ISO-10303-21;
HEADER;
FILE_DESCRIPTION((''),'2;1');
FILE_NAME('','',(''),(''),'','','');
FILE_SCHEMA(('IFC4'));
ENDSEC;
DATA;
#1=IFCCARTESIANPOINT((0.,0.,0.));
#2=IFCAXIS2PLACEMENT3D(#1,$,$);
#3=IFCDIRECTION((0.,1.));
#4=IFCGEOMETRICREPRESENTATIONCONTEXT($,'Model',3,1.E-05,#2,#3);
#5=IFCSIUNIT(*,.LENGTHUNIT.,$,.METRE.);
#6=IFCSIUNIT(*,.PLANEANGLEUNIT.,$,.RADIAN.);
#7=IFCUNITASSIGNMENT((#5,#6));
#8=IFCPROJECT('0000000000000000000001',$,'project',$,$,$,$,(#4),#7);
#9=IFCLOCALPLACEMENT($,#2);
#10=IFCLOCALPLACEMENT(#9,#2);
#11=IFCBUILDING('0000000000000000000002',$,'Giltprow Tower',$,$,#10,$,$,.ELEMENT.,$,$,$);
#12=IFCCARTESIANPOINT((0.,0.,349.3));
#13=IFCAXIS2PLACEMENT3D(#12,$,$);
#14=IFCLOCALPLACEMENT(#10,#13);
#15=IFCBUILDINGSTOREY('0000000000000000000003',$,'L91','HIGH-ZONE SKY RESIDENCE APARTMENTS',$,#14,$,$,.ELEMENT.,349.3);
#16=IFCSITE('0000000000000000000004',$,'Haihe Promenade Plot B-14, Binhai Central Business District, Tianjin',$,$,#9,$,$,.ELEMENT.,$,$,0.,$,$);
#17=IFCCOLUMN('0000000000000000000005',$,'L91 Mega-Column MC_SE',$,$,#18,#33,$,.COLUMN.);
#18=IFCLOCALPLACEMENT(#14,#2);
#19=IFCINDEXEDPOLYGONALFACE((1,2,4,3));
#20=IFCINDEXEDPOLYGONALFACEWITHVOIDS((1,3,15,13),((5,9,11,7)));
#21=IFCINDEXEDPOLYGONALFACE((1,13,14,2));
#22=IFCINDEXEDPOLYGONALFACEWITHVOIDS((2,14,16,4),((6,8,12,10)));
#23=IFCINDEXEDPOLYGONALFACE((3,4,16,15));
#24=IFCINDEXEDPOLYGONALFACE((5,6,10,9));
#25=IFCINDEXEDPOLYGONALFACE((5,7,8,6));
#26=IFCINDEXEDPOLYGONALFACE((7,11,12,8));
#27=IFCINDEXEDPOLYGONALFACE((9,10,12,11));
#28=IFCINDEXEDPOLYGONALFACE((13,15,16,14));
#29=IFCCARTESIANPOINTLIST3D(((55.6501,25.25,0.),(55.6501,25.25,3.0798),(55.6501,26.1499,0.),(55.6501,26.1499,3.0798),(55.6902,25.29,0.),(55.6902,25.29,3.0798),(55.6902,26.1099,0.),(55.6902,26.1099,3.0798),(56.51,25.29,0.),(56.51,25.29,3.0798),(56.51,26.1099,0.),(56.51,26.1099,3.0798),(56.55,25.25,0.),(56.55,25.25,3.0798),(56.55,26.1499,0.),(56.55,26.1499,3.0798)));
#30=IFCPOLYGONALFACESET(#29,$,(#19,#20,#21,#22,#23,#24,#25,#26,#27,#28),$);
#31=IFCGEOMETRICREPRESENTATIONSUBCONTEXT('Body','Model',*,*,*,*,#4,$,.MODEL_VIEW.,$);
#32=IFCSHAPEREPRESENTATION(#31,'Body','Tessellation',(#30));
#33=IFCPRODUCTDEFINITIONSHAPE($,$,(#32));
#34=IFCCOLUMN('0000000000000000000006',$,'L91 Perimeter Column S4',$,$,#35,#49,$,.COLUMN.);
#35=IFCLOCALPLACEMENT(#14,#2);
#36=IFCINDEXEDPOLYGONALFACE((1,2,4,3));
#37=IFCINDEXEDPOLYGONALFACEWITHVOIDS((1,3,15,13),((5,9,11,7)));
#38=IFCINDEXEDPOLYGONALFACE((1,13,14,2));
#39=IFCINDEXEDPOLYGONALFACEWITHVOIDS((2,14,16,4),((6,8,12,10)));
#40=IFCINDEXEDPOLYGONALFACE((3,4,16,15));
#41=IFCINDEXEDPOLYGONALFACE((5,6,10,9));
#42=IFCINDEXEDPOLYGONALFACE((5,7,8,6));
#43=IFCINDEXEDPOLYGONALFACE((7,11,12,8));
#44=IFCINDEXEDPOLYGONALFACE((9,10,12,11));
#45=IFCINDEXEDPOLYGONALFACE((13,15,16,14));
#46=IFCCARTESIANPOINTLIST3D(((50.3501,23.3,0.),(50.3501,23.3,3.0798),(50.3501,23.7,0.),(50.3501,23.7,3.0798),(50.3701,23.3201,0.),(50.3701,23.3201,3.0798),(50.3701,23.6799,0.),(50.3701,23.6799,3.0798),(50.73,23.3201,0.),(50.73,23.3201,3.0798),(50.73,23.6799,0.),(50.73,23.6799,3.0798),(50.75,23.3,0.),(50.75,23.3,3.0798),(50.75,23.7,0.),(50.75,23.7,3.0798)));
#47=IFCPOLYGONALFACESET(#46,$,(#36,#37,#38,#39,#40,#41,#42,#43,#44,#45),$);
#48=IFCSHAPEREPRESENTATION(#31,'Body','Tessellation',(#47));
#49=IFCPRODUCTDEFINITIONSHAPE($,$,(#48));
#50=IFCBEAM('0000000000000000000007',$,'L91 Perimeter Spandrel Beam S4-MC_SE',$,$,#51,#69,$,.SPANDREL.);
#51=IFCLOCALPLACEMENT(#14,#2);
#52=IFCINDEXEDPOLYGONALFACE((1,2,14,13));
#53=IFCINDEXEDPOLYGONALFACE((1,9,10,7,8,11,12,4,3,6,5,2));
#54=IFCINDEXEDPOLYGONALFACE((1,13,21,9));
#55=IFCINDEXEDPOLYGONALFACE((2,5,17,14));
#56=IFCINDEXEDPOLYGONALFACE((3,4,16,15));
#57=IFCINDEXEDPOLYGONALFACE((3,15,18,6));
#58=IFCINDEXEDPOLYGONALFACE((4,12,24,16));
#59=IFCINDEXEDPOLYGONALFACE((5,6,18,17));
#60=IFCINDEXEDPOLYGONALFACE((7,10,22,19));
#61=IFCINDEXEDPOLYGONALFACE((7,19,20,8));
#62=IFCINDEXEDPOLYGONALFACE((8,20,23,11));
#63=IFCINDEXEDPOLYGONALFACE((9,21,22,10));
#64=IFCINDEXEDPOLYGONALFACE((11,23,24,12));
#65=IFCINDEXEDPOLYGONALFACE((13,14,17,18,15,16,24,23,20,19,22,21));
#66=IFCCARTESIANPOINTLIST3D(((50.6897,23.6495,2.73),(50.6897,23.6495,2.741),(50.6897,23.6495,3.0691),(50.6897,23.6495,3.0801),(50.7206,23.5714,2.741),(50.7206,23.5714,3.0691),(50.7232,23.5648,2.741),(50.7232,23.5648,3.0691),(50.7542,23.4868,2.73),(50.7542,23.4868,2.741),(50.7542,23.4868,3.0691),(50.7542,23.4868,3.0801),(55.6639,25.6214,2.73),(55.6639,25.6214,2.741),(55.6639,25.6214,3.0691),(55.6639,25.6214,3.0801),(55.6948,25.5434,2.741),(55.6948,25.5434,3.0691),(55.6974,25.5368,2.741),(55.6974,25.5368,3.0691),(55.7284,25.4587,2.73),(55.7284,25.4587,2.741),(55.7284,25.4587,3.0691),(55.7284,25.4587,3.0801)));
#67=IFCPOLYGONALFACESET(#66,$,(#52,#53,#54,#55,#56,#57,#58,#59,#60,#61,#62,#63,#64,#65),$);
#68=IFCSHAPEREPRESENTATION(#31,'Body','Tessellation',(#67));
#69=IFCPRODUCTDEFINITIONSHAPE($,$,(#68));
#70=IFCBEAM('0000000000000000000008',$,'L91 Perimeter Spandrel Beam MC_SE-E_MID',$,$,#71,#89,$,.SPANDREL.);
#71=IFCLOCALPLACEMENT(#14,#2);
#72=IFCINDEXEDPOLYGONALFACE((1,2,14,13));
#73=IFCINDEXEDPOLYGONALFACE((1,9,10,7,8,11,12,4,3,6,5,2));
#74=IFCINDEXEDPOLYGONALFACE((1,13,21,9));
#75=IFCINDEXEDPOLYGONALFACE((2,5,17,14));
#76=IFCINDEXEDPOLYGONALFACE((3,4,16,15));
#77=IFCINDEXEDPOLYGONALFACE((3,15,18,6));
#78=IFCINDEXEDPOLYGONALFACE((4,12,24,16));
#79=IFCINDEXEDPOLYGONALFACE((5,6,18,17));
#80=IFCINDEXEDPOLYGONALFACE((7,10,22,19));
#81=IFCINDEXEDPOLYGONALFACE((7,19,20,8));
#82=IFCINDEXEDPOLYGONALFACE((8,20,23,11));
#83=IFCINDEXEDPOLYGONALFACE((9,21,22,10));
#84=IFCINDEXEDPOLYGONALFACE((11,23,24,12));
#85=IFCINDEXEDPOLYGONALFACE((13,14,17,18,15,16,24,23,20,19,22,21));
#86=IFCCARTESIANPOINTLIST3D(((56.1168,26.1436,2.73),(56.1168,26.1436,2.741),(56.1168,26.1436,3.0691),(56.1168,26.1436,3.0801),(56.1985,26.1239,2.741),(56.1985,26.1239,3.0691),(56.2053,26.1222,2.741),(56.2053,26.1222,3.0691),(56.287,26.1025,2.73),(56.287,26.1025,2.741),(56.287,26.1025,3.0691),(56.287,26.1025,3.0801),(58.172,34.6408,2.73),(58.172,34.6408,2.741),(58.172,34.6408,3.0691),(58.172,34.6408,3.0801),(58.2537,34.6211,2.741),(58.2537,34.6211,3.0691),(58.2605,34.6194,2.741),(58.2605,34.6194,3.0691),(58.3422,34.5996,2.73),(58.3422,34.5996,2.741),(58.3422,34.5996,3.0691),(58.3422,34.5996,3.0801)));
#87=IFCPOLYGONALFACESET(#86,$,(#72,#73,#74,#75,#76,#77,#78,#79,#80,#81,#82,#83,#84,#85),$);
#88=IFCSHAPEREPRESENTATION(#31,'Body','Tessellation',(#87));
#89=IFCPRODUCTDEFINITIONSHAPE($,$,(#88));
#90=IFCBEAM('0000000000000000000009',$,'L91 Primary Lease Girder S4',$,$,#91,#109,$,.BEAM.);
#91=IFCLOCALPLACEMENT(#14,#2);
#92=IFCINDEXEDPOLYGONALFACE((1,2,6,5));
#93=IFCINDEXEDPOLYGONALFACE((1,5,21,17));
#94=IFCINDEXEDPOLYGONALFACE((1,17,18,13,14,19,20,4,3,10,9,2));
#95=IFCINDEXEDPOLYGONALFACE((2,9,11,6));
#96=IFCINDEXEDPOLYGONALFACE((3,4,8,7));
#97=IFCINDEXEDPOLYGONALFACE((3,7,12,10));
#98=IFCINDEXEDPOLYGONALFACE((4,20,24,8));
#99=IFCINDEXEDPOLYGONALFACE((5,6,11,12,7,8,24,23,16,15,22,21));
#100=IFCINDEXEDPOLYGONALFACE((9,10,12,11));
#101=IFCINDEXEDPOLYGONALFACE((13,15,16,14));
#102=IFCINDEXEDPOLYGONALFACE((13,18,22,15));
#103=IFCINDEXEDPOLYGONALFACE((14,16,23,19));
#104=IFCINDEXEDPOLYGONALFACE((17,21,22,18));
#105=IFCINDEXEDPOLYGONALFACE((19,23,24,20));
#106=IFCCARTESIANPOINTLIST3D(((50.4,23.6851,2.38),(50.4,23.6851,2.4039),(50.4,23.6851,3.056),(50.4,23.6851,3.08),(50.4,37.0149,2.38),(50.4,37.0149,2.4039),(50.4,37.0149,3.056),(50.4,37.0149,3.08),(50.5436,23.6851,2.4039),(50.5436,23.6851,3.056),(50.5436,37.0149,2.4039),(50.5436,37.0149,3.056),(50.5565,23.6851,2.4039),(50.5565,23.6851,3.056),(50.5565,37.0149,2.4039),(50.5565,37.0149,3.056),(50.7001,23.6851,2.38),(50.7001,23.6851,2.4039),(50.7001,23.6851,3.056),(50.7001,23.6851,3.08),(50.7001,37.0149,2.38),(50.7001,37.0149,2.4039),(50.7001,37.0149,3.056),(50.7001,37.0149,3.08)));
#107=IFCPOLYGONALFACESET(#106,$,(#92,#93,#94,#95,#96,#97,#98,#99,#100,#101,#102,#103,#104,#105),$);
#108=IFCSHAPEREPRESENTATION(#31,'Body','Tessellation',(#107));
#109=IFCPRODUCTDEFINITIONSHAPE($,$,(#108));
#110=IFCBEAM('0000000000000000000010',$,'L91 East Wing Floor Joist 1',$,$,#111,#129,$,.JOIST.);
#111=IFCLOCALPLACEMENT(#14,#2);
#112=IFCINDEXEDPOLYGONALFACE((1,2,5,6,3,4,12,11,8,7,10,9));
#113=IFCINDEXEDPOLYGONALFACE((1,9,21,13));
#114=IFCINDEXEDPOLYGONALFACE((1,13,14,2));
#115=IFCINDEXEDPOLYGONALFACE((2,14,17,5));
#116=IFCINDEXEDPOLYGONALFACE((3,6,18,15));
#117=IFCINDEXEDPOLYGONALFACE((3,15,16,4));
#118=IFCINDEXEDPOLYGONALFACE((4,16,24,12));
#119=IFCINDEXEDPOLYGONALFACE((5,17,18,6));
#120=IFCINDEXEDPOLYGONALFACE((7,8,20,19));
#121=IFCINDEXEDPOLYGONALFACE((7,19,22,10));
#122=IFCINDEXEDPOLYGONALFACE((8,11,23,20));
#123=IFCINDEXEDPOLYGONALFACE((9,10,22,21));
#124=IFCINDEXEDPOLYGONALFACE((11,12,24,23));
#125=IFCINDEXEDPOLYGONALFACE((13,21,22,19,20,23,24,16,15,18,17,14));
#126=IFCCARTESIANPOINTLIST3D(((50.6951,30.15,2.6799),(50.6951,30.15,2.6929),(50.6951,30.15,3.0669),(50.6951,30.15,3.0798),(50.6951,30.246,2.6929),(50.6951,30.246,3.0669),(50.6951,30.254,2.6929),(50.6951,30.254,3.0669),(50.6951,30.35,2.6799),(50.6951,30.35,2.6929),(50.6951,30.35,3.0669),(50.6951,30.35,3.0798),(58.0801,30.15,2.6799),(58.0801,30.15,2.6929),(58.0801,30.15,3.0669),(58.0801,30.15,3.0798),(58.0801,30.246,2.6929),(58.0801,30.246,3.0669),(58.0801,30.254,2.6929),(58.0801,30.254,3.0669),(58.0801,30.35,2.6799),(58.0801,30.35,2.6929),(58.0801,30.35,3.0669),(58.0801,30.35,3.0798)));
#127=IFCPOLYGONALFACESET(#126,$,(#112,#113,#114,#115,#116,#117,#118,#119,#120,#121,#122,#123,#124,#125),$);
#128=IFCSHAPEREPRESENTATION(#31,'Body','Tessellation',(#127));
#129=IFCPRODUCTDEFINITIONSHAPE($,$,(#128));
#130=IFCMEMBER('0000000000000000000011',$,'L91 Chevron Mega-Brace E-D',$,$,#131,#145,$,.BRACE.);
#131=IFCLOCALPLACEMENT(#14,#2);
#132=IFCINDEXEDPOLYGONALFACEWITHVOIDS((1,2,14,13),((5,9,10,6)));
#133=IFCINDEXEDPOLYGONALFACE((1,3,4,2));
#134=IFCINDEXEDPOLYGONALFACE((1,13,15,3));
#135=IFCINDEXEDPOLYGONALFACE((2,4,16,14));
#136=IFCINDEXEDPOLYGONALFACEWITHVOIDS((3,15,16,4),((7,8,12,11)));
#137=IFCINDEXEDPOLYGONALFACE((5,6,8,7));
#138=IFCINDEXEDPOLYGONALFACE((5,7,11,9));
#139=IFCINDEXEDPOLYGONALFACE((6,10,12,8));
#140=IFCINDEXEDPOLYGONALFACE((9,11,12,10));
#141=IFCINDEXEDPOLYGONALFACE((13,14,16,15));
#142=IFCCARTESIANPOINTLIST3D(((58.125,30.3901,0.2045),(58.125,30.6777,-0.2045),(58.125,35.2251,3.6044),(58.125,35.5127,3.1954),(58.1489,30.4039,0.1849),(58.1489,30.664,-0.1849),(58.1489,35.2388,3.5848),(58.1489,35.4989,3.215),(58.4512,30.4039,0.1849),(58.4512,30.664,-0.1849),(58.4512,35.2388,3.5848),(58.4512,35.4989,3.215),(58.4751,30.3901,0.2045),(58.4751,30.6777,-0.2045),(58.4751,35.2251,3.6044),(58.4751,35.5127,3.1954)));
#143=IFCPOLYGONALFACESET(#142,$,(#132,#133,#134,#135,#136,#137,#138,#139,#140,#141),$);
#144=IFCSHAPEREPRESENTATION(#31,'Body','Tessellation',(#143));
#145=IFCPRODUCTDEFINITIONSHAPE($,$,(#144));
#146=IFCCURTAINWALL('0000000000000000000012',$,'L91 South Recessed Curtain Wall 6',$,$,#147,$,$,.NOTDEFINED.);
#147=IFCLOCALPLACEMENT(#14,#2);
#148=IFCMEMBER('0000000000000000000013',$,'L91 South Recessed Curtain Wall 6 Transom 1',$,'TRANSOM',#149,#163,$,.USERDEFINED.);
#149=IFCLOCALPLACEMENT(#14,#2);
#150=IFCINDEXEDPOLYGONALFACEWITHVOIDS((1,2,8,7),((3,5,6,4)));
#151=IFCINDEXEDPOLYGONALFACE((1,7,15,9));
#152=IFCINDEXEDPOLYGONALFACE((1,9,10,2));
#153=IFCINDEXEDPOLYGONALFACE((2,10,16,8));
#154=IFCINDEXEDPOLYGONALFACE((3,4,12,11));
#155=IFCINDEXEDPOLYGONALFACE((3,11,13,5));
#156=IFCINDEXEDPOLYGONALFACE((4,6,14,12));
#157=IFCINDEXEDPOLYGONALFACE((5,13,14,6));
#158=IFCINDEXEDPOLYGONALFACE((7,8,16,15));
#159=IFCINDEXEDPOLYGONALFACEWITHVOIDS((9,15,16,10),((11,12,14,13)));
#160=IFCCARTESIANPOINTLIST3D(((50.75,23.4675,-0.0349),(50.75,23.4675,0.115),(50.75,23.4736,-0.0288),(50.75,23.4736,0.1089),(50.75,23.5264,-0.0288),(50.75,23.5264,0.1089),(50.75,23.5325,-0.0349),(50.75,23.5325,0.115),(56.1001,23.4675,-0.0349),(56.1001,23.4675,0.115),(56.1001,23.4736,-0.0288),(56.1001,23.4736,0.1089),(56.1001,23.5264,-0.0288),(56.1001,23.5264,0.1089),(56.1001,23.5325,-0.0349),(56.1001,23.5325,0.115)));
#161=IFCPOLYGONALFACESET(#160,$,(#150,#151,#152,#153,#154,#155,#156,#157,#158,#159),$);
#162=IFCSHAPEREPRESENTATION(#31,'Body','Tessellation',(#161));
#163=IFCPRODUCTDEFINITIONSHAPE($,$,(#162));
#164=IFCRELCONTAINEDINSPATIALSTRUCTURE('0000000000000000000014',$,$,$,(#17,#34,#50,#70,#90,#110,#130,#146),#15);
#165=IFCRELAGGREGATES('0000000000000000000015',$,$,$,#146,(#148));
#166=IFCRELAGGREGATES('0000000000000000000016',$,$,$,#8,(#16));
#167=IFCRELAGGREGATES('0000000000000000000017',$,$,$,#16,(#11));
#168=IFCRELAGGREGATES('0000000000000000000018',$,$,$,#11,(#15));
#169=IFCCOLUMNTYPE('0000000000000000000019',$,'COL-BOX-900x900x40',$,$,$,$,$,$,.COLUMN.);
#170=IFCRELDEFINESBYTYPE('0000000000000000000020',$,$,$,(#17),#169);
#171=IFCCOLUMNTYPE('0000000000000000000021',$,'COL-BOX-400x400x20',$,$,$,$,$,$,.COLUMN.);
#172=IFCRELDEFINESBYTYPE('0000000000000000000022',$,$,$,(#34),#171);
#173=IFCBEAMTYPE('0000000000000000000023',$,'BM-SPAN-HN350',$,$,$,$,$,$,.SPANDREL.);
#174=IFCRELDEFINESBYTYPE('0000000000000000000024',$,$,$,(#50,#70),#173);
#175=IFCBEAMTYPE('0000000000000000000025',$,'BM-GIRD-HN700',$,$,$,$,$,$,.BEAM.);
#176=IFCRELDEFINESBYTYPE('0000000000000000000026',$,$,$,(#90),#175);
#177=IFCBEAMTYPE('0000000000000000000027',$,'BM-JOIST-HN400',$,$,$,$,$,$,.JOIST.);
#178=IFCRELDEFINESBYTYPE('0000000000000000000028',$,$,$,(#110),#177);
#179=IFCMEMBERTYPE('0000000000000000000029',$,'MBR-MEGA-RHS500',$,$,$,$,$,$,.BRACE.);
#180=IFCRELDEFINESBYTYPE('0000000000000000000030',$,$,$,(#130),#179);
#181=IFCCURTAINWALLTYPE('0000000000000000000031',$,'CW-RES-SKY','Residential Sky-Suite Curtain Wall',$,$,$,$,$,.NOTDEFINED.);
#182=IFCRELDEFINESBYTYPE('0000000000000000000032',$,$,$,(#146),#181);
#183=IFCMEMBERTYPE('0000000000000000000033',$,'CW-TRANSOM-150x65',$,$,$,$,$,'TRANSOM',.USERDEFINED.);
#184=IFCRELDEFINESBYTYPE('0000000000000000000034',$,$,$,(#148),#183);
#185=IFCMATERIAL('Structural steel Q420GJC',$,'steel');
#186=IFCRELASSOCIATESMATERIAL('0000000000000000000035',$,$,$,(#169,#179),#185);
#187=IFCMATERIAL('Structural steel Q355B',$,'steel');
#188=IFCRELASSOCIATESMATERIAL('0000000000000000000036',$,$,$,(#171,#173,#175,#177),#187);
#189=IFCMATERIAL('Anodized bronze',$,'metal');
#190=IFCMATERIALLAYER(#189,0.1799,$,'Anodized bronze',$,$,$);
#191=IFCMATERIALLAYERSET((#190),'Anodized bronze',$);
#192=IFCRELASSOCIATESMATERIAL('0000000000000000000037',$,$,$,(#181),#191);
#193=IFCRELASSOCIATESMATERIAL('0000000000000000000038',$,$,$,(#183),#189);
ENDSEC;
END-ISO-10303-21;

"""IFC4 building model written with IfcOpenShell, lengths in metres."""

from ifc_helpers import new_model, si_unit, direction, frame, origin, origin_2d, place, context, subcontext, project, spatial, hollow_rectangle, i_section, extrude, source, transform, mapped, material, layer, layer_set, material_profile, profile_set, type_object, element, aggregate, save


model = new_model("IFC4")

# Units and contexts
model_context = context("Model", 3, precision=1e-05, world=origin(), true_north=direction((0.0, 1.0)))
body_context = subcontext(model_context, "Body", "Model", "MODEL_VIEW")
ifc_project = project(units=[si_unit("LENGTHUNIT", "METRE"), si_unit("PLANEANGLEUNIT", "RADIAN")], contexts=[model_context])

# Site, building, storey
site_placement = place(None, origin())
site = spatial("IfcSite", under=ifc_project, at=site_placement, Name="Haihe Promenade Plot B-14, Binhai Central Business District, Tianjin", CompositionType="ELEMENT", RefElevation=0.0)
building_placement = place(site_placement, origin())
building = spatial("IfcBuilding", under=site, at=building_placement, Name="Giltprow Tower", CompositionType="ELEMENT")
storey_placement = place(building_placement, frame((0.0, 0.0, 349.3)))
storey = spatial("IfcBuildingStorey", under=building, at=storey_placement, Name="L91", Description="HIGH-ZONE SKY RESIDENCE APARTMENTS", CompositionType="ELEMENT", Elevation=349.3)

# Columns
ifc_material_1 = material(Name="Structural steel Q420GJC", Category="steel")
ifc_material_profile_1 = material_profile(ifc_material_1, hollow_rectangle(XDim=0.8999, YDim=0.8999, WallThickness=0.04, at=origin_2d()), Name="BOX 900x900x40")
ifc_profile_set_1 = profile_set([ifc_material_profile_1], Name="Structural steel Q420GJC")
column_type_1 = type_object("IfcColumnType", Name="COL-BOX-900x900x40", PredefinedType="COLUMN", material=ifc_profile_set_1)
shared_shape_1 = source(origin(), body_context, "Body", "SweptSolid", [
    extrude(hollow_rectangle(XDim=0.8999, YDim=0.8999, WallThickness=0.04, at=origin_2d()), origin(), (0.0, 0.0, 1.0), 3.0798),
])
column_1_placement = place(storey_placement, frame((56.1001, 25.7, 0.0), z_axis=(0.0, 0.0, 1.0), x_axis=(1.0, 0.0, 0.0)))
element("IfcColumn", 1, at=column_1_placement, inside=storey, type_object=column_type_1, Name="L91 Mega-Column MC_SE", PredefinedType="COLUMN", context=body_context, shape_type="MappedRepresentation", body=[
    mapped(shared_shape_1, transform((0.0, 0.0, 0.0), x_axis=(1.0, 0.0, 0.0), y_axis=(0.0, 1.0, 0.0), z_axis=(0.0, 0.0, 1.0), scale=1.0)),
])
ifc_material_2 = material(Name="Structural steel Q355B", Category="steel")
ifc_material_profile_2 = material_profile(ifc_material_2, hollow_rectangle(XDim=0.3999, YDim=0.3999, WallThickness=0.02, at=origin_2d()), Name="BOX 400x400x20")
ifc_profile_set_2 = profile_set([ifc_material_profile_2], Name="Structural steel Q355B")
column_type_2 = type_object("IfcColumnType", Name="COL-BOX-400x400x20", PredefinedType="COLUMN", material=ifc_profile_set_2)
shared_shape_2 = source(origin(), body_context, "Body", "SweptSolid", [
    extrude(hollow_rectangle(XDim=0.3999, YDim=0.3999, WallThickness=0.02, at=origin_2d()), origin(), (0.0, 0.0, 1.0), 3.0798),
])
column_2_placement = place(storey_placement, frame((50.55, 23.5, 0.0), z_axis=(0.0, 0.0, 1.0), x_axis=(1.0, 0.0, 0.0)))
element("IfcColumn", 2, at=column_2_placement, inside=storey, type_object=column_type_2, Name="L91 Perimeter Column S4", PredefinedType="COLUMN", context=body_context, shape_type="MappedRepresentation", body=[
    mapped(shared_shape_2, transform((0.0, 0.0, 0.0), x_axis=(1.0, 0.0, 0.0), y_axis=(0.0, 1.0, 0.0), z_axis=(0.0, 0.0, 1.0), scale=1.0)),
])

# Beams
ifc_material_profile_3 = material_profile(ifc_material_2, i_section(OverallWidth=0.175, OverallDepth=0.3501, WebThickness=0.0071, FlangeThickness=0.011, at=origin_2d()), Name="HN 350x175x7x11")
ifc_profile_set_3 = profile_set([ifc_material_profile_3], Name="Structural steel Q355B")
beam_type_1 = type_object("IfcBeamType", Name="BM-SPAN-HN350", PredefinedType="SPANDREL", material=ifc_profile_set_3)
shared_shape_3 = source(origin(), body_context, "Body", "SweptSolid", [
    extrude(i_section(OverallWidth=0.175, OverallDepth=0.3501, WebThickness=0.0071, FlangeThickness=0.011, at=origin_2d()), origin(), (0.0, 0.0, 1.0), 5.3508),
])
beam_1_placement = place(storey_placement, frame((50.7219, 23.5681, 2.905), z_axis=(0.929615, 0.368533, 0.0), x_axis=(-0.368533, 0.929615, 0.0)))
element("IfcBeam", 3, at=beam_1_placement, inside=storey, type_object=beam_type_1, Name="L91 Perimeter Spandrel Beam S4-MC_SE", PredefinedType="SPANDREL", context=body_context, shape_type="MappedRepresentation", body=[
    mapped(shared_shape_3, transform((0.0, 0.0, 0.0), x_axis=(1.0, 0.0, 0.0), y_axis=(0.0, 1.0, 0.0), z_axis=(0.0, 0.0, 1.0), scale=1.0)),
])
shared_shape_4 = source(origin(), body_context, "Body", "SweptSolid", [
    extrude(i_section(OverallWidth=0.175, OverallDepth=0.3501, WebThickness=0.0071, FlangeThickness=0.011, at=origin_2d()), origin(), (0.0, 0.0, 1.0), 8.7422),
])
beam_2_placement = place(storey_placement, frame((56.2019, 26.123, 2.905), z_axis=(0.23509, 0.971974, 0.0), x_axis=(-0.971974, 0.23509, 0.0)))
element("IfcBeam", 4, at=beam_2_placement, inside=storey, type_object=beam_type_1, Name="L91 Perimeter Spandrel Beam MC_SE-E_MID", PredefinedType="SPANDREL", context=body_context, shape_type="MappedRepresentation", body=[
    mapped(shared_shape_4, transform((0.0, 0.0, 0.0), x_axis=(1.0, 0.0, 0.0), y_axis=(0.0, 1.0, 0.0), z_axis=(0.0, 0.0, 1.0), scale=1.0)),
])
ifc_material_profile_4 = material_profile(ifc_material_2, i_section(OverallWidth=0.3, OverallDepth=0.7, WebThickness=0.0129, FlangeThickness=0.0239, at=origin_2d()), Name="HN 700x300x13x24")
ifc_profile_set_4 = profile_set([ifc_material_profile_4], Name="Structural steel Q355B")
beam_type_2 = type_object("IfcBeamType", Name="BM-GIRD-HN700", PredefinedType="BEAM", material=ifc_profile_set_4)
shared_shape_5 = source(origin(), body_context, "Body", "SweptSolid", [
    extrude(i_section(OverallWidth=0.3, OverallDepth=0.7, WebThickness=0.0129, FlangeThickness=0.0239, at=origin_2d()), origin(), (0.0, 0.0, 1.0), 13.3298),
])
beam_3_placement = place(storey_placement, frame((50.55, 23.6851, 2.73), z_axis=(0.0, 1.0, 0.0), x_axis=(-1.0, 0.0, 0.0)))
element("IfcBeam", 5, at=beam_3_placement, inside=storey, type_object=beam_type_2, Name="L91 Primary Lease Girder S4", PredefinedType="BEAM", context=body_context, shape_type="MappedRepresentation", body=[
    mapped(shared_shape_5, transform((0.0, 0.0, 0.0), x_axis=(1.0, 0.0, 0.0), y_axis=(0.0, 1.0, 0.0), z_axis=(0.0, 0.0, 1.0), scale=1.0)),
])
ifc_material_profile_5 = material_profile(ifc_material_2, i_section(OverallWidth=0.2, OverallDepth=0.3999, WebThickness=0.0081, FlangeThickness=0.0129, at=origin_2d()), Name="HN 400x200x8x13")
ifc_profile_set_5 = profile_set([ifc_material_profile_5], Name="Structural steel Q355B")
beam_type_3 = type_object("IfcBeamType", Name="BM-JOIST-HN400", PredefinedType="JOIST", material=ifc_profile_set_5)
shared_shape_6 = source(origin(), body_context, "Body", "SweptSolid", [
    extrude(i_section(OverallWidth=0.2, OverallDepth=0.3999, WebThickness=0.0081, FlangeThickness=0.0129, at=origin_2d()), origin(), (0.0, 0.0, 1.0), 7.385),
])
beam_4_placement = place(storey_placement, frame((50.6951, 30.25, 2.8799), z_axis=(1.0, 0.0, 0.0), x_axis=(0.0, 1.0, 0.0)))
element("IfcBeam", 6, at=beam_4_placement, inside=storey, type_object=beam_type_3, Name="L91 East Wing Floor Joist 1", PredefinedType="JOIST", context=body_context, shape_type="MappedRepresentation", body=[
    mapped(shared_shape_6, transform((0.0, 0.0, 0.0), x_axis=(1.0, 0.0, 0.0), y_axis=(0.0, 1.0, 0.0), z_axis=(0.0, 0.0, 1.0), scale=1.0)),
])

# Member
ifc_material_profile_6 = material_profile(ifc_material_1, hollow_rectangle(XDim=0.3501, YDim=0.5, WallThickness=0.0239, at=origin_2d()), Name="RHS 500x350x24")
ifc_profile_set_6 = profile_set([ifc_material_profile_6], Name="Structural steel Q420GJC")
member_type_1 = type_object("IfcMemberType", Name="MBR-MEGA-RHS500", PredefinedType="BRACE", material=ifc_profile_set_6)
shared_shape_7 = source(origin(), body_context, "Body", "SweptSolid", [
    extrude(hollow_rectangle(XDim=0.3501, YDim=0.5, WallThickness=0.0239, at=origin_2d()), origin(), (0.0, 0.0, 1.0), 5.9106),
])
member_1_placement = place(storey_placement, frame((58.3, 30.5339, 0.0), z_axis=(0.0, 0.818004, 0.575213), x_axis=(-1.0, 0.0, 0.0)))
element("IfcMember", 7, at=member_1_placement, inside=storey, type_object=member_type_1, Name="L91 Chevron Mega-Brace E-D", PredefinedType="BRACE", context=body_context, shape_type="MappedRepresentation", body=[
    mapped(shared_shape_7, transform((0.0, 0.0, 0.0), x_axis=(1.0, 0.0, 0.0), y_axis=(0.0, 1.0, 0.0), z_axis=(0.0, 0.0, 1.0), scale=1.0)),
])

# Curtain wall, member
ifc_material_3 = material(Name="Anodized bronze", Category="metal")
ifc_layer_1 = layer(ifc_material_3, 0.1799, Name="Anodized bronze")
ifc_layer_set_1 = layer_set([ifc_layer_1], Name="Anodized bronze")
curtain_wall_type = type_object("IfcCurtainWallType", Name="CW-RES-SKY", Description="Residential Sky-Suite Curtain Wall", PredefinedType="NOTDEFINED", material=ifc_layer_set_1)
curtain_wall_placement = place(storey_placement, origin())
curtain_wall = element("IfcCurtainWall", 8, at=curtain_wall_placement, inside=storey, type_object=curtain_wall_type, Name="L91 South Recessed Curtain Wall 6", PredefinedType="NOTDEFINED")
ifc_material_profile_7 = material_profile(ifc_material_3, hollow_rectangle(XDim=0.0649, YDim=0.1499, WallThickness=0.0061, at=origin_2d()), Name="RHS 150x65x6")
ifc_profile_set_7 = profile_set([ifc_material_profile_7], Name="Anodized bronze")
member_type_2 = type_object("IfcMemberType", Name="CW-TRANSOM-150x65", ElementType="TRANSOM", PredefinedType="USERDEFINED", material=ifc_profile_set_7)
shared_shape_8 = source(origin(), body_context, "Body", "SweptSolid", [
    extrude(hollow_rectangle(XDim=0.0649, YDim=0.1499, WallThickness=0.0061, at=origin_2d()), origin(), (0.0, 0.0, 1.0), 5.3501),
])
member_2_placement = place(storey_placement, frame((50.75, 23.5, 0.04), z_axis=(1.0, 0.0, 0.0), x_axis=(0.0, 1.0, 0.0)))
member_2 = element("IfcMember", 9, at=member_2_placement, type_object=member_type_2, Name="L91 South Recessed Curtain Wall 6 Transom 1", ObjectType="TRANSOM", PredefinedType="USERDEFINED", context=body_context, shape_type="MappedRepresentation", body=[
    mapped(shared_shape_8, transform((0.0, 0.0, 0.0), x_axis=(1.0, 0.0, 0.0), y_axis=(0.0, 1.0, 0.0), z_axis=(0.0, 0.0, 1.0), scale=1.0)),
])
aggregate(curtain_wall, [member_2])

save(model, "model.ifc")
